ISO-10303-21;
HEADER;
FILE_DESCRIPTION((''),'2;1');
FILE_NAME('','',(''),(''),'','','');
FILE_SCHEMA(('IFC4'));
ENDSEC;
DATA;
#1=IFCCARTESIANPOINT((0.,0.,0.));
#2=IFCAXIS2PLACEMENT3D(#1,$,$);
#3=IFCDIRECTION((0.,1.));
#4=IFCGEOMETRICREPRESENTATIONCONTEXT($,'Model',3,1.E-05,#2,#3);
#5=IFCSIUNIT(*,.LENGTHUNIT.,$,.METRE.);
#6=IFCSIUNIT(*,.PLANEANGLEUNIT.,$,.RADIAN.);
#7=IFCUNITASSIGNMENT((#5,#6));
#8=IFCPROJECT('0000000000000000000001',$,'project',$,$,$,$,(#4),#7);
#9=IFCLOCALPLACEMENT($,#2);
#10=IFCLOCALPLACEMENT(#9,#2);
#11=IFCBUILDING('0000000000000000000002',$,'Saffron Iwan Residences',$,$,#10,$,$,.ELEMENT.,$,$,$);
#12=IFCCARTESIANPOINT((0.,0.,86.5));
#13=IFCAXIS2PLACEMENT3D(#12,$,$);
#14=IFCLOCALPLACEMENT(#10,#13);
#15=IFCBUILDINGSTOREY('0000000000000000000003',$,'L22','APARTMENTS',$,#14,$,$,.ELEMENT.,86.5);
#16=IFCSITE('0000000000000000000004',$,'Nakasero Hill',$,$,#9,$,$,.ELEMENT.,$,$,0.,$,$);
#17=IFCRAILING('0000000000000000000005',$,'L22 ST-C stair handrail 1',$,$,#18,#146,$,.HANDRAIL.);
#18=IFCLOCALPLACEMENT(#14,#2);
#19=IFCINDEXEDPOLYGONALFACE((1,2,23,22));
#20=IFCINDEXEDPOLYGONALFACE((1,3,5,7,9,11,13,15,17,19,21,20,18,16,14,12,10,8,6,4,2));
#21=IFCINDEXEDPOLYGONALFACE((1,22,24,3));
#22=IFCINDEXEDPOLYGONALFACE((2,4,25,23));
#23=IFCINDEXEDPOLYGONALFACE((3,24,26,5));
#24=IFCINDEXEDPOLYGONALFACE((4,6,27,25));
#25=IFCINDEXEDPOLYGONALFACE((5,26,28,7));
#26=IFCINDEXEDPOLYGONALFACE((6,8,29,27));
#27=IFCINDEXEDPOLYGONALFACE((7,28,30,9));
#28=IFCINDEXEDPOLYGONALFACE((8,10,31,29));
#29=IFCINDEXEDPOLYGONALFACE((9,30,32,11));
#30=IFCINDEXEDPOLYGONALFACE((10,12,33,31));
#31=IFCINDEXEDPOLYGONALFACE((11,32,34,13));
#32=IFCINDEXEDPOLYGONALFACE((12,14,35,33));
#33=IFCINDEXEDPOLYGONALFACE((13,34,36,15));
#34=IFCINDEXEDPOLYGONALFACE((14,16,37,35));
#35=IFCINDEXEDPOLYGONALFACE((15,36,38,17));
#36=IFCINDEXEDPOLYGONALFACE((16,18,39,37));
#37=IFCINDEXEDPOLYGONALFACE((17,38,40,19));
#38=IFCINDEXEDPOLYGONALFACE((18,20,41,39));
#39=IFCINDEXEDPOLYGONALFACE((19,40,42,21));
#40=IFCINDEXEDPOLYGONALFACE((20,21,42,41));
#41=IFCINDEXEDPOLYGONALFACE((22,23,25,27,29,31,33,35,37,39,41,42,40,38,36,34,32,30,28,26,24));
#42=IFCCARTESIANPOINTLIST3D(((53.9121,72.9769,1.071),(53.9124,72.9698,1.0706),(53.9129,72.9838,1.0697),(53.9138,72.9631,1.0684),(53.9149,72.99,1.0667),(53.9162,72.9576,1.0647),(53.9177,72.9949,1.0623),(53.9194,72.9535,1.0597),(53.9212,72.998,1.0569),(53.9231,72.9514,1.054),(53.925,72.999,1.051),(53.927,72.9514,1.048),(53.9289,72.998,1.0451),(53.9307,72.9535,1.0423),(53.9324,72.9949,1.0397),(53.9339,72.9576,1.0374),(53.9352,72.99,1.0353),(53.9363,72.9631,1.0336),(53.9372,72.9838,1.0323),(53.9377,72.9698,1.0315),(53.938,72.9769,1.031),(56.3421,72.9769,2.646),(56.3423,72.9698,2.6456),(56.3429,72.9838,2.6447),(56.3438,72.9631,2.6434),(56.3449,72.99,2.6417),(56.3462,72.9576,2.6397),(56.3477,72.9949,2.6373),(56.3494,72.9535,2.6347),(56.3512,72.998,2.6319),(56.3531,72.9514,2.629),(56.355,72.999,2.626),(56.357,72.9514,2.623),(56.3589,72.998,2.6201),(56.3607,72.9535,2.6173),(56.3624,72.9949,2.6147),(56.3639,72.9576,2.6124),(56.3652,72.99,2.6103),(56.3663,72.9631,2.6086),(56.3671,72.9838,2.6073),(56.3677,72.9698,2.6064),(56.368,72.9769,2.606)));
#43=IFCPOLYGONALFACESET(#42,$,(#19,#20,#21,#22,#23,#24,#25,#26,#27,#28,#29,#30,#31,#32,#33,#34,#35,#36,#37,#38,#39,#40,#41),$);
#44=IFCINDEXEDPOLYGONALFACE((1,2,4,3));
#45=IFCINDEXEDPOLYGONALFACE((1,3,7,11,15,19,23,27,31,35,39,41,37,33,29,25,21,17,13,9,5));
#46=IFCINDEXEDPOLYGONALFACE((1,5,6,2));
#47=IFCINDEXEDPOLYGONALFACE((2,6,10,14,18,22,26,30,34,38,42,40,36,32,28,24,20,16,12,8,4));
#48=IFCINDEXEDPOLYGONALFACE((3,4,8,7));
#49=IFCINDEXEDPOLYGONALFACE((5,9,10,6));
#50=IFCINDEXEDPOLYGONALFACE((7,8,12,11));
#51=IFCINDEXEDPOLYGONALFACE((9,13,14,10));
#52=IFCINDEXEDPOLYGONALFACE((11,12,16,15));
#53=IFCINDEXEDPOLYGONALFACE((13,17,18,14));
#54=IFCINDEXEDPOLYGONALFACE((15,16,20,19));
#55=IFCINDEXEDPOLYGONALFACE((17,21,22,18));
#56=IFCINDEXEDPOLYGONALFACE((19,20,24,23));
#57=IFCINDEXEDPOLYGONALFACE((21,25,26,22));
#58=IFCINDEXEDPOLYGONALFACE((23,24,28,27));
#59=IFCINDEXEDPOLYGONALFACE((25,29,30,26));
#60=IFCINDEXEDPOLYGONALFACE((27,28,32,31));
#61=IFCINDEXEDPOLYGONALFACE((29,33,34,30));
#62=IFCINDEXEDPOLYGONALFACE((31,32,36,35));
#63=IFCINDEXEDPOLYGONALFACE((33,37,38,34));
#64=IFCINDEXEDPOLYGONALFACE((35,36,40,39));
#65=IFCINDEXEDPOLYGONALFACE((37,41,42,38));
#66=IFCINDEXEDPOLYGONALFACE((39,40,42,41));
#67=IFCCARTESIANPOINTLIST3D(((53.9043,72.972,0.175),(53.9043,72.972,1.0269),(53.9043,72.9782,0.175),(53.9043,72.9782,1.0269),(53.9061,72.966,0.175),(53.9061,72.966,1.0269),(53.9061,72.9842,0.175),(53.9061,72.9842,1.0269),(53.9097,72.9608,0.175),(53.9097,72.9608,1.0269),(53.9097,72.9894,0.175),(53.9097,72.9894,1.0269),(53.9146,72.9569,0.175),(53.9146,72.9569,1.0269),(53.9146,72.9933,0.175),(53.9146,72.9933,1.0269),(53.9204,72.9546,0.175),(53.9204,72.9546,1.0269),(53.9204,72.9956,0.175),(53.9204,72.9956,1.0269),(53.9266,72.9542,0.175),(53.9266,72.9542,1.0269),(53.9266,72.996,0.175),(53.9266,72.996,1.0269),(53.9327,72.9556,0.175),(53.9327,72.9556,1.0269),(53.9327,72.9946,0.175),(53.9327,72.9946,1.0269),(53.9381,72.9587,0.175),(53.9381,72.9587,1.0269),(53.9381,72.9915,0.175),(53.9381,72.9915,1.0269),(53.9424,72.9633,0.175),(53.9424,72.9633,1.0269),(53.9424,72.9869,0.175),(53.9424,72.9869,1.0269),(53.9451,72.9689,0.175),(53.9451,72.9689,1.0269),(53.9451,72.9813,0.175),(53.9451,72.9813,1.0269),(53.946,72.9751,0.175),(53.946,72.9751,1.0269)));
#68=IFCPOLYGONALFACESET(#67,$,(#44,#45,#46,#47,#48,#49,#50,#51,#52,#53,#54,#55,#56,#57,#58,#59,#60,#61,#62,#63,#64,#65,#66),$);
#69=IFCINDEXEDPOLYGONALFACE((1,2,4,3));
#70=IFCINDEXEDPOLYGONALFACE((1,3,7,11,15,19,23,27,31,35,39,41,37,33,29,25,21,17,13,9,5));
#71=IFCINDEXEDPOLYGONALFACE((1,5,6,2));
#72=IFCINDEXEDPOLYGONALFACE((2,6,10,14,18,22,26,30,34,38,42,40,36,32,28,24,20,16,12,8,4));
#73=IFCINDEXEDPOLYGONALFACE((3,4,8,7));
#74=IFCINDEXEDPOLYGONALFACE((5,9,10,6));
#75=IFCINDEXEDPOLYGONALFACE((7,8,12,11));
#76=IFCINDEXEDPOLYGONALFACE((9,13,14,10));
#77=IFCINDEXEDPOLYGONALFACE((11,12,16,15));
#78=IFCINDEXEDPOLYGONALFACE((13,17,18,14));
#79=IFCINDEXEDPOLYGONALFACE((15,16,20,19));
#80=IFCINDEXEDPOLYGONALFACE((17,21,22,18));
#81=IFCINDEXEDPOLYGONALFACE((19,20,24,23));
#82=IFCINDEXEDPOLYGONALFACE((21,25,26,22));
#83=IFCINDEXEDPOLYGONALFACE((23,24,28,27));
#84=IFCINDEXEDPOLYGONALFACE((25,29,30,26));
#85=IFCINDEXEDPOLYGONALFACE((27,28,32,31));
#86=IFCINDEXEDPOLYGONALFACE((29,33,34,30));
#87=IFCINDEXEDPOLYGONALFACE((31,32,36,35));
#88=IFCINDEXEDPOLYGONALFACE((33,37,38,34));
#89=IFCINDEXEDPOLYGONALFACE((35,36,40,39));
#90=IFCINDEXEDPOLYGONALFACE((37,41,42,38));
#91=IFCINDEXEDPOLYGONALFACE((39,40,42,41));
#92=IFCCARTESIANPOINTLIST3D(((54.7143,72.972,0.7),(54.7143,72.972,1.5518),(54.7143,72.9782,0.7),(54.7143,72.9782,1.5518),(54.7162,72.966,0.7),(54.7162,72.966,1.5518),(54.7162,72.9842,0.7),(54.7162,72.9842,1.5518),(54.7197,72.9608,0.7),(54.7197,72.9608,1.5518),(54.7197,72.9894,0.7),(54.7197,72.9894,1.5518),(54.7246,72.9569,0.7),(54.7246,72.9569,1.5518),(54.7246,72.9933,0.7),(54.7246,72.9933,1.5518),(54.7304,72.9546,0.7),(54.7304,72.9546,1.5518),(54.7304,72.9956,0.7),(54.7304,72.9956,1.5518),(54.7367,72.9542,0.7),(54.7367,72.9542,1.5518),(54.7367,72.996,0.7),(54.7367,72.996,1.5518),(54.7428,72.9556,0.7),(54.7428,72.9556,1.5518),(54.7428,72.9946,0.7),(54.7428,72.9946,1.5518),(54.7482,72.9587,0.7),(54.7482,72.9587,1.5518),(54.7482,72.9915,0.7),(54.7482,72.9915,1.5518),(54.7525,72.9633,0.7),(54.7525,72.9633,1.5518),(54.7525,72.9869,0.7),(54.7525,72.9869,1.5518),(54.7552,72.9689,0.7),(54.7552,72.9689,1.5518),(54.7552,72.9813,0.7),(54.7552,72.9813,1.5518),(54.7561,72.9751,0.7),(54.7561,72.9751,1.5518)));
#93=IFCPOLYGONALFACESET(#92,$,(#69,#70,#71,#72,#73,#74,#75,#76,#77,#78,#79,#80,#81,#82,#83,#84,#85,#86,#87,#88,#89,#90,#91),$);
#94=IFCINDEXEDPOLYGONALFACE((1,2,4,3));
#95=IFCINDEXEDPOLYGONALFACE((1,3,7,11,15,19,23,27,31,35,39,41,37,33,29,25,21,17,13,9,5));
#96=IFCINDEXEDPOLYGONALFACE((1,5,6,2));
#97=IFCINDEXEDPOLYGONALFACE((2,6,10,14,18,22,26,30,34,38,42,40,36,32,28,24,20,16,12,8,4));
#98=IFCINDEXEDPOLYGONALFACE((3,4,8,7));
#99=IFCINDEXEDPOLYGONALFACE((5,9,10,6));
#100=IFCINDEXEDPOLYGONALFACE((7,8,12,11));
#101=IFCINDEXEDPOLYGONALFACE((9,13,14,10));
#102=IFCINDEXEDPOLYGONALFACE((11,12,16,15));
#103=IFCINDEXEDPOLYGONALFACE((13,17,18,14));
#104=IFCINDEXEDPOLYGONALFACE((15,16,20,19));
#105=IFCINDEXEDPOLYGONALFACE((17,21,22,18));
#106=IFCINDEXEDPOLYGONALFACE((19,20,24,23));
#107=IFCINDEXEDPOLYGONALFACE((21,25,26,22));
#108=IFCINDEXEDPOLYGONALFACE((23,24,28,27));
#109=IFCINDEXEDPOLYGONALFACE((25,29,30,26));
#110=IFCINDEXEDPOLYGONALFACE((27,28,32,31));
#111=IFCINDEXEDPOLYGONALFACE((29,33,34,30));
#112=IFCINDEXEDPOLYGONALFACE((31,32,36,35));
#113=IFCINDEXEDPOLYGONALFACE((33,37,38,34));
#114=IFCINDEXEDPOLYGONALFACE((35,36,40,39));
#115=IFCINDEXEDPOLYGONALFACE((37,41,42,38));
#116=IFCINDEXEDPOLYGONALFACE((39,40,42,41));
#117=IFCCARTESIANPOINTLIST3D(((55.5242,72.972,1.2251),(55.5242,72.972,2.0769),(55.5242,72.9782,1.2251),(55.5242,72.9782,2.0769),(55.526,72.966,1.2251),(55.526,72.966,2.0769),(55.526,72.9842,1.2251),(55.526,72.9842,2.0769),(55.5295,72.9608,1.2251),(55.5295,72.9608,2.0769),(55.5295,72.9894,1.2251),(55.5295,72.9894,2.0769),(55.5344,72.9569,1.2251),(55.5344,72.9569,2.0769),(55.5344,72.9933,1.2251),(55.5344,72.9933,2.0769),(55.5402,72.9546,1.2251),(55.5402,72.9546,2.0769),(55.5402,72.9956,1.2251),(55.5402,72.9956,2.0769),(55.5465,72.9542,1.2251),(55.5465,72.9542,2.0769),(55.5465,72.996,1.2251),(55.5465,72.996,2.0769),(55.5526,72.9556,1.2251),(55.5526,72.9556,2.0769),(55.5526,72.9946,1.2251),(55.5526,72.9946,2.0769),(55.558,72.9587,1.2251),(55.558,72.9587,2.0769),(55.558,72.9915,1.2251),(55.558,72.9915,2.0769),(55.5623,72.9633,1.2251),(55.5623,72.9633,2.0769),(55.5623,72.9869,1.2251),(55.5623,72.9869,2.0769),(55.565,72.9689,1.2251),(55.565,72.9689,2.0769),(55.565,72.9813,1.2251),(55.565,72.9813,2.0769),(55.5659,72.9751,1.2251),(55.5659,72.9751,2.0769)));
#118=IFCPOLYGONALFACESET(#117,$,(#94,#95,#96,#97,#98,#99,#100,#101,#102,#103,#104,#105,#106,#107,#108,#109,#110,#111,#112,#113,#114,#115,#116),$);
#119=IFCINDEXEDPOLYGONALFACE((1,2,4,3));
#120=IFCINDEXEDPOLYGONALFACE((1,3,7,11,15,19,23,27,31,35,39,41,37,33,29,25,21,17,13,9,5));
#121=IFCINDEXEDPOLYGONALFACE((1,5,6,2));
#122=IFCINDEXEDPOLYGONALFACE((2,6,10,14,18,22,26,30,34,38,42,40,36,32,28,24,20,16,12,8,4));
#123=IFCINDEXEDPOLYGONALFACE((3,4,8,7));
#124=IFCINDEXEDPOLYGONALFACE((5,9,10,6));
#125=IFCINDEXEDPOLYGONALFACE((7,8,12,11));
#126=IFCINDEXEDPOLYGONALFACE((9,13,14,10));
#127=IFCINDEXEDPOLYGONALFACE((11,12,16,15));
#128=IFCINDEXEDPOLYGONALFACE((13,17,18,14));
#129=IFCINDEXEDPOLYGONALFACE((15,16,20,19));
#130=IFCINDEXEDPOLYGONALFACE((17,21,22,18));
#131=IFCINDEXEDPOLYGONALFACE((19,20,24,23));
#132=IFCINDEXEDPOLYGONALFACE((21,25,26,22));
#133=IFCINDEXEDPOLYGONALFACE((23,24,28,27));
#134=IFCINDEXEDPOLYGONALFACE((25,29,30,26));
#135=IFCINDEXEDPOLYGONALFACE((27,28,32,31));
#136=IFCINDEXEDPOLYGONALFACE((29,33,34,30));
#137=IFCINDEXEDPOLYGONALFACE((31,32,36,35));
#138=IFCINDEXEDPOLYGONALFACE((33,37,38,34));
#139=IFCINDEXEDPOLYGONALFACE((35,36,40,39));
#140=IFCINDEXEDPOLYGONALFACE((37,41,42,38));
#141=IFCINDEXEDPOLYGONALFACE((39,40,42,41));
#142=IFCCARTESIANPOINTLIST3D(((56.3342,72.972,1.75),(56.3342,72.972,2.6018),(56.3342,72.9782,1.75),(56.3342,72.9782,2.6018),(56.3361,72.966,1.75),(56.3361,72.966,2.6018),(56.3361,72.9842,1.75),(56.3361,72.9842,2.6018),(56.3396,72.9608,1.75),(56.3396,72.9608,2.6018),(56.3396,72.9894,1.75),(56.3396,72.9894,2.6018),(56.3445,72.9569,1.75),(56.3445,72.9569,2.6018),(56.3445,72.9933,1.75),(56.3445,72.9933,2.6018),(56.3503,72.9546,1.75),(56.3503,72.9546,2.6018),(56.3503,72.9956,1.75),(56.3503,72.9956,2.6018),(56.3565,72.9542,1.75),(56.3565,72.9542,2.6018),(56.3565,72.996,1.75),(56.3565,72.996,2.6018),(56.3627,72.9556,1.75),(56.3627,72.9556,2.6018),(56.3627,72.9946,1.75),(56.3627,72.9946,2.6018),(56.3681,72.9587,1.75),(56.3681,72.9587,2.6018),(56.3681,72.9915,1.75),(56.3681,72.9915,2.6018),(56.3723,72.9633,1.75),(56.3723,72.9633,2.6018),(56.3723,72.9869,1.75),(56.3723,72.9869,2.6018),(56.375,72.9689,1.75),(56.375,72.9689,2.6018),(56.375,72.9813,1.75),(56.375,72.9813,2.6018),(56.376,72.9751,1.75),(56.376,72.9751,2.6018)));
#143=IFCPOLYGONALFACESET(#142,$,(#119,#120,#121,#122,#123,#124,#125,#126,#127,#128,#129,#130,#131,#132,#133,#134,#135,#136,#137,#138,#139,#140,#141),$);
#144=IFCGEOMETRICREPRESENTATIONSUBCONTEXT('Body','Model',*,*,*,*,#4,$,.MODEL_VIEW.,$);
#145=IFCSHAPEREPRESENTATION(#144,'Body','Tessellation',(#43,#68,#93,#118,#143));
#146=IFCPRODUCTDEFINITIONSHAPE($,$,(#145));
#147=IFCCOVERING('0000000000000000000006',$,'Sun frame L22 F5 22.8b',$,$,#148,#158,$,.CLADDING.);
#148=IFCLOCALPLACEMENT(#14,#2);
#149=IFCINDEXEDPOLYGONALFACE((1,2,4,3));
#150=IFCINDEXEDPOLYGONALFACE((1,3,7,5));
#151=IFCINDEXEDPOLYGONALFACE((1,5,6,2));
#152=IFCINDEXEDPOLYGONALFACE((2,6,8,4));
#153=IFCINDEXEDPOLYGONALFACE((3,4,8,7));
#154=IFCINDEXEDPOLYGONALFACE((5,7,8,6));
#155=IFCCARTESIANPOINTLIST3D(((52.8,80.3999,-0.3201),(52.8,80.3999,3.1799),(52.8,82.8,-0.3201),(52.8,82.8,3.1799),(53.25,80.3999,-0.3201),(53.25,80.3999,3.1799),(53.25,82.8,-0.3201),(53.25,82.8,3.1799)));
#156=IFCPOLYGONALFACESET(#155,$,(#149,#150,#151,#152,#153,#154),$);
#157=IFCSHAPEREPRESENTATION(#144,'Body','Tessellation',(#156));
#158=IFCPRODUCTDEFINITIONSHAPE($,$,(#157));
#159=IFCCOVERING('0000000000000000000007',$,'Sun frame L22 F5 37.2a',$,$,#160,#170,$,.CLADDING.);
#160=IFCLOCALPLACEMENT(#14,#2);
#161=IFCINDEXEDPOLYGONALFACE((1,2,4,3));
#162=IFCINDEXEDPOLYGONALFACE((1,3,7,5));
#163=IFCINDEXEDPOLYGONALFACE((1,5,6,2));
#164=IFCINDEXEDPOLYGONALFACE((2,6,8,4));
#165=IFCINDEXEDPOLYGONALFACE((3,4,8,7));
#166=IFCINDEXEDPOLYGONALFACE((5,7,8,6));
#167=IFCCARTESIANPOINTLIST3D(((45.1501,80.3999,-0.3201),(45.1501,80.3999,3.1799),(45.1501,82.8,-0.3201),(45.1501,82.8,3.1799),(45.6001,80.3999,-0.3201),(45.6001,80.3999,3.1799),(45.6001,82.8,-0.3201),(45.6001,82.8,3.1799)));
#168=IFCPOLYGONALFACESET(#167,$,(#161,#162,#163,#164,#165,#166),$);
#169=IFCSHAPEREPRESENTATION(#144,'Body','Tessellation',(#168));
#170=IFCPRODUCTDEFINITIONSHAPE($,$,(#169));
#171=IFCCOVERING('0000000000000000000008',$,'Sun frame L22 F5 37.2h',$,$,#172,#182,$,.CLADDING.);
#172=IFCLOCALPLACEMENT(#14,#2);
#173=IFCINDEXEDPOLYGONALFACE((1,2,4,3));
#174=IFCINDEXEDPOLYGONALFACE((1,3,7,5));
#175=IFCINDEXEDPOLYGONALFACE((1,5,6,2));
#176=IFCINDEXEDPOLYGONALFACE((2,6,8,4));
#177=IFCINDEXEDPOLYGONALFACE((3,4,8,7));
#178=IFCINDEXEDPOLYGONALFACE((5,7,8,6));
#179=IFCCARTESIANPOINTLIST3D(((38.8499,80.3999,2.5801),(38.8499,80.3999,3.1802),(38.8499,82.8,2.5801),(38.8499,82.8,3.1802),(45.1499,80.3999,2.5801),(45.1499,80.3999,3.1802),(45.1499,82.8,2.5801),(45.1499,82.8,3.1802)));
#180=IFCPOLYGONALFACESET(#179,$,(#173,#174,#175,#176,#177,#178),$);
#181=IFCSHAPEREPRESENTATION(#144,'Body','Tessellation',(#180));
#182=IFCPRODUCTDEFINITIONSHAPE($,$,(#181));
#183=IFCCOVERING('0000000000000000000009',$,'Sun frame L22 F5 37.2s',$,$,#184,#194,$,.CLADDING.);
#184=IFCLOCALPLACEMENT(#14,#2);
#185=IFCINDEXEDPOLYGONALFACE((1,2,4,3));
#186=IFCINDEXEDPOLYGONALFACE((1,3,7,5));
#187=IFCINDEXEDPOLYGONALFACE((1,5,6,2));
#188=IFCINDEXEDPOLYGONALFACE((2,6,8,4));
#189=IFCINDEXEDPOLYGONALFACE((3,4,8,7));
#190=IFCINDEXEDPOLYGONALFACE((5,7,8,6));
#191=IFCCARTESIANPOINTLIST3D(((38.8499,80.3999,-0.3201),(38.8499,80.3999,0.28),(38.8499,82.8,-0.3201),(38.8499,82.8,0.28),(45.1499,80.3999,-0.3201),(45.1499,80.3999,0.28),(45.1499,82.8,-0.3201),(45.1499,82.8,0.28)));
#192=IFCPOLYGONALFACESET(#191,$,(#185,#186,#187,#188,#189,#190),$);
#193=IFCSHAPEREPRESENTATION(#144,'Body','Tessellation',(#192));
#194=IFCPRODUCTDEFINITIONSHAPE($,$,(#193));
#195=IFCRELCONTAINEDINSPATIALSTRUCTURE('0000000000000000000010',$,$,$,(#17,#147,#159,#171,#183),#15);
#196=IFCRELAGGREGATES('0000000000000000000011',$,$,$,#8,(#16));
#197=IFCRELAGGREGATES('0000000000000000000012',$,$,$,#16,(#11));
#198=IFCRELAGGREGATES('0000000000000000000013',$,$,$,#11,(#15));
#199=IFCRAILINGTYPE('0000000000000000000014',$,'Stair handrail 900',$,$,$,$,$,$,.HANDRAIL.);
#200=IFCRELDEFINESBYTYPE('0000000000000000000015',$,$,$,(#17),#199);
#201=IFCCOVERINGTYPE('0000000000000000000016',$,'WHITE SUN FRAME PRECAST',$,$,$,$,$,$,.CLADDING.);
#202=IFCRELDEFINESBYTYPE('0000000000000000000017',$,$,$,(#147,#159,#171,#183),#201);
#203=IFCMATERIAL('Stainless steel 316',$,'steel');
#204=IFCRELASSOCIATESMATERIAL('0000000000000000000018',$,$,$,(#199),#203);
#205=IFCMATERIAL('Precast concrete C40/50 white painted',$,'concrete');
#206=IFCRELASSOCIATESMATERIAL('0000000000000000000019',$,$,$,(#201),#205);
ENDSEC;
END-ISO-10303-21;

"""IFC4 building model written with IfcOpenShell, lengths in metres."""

from ifc_helpers import new_model, si_unit, direction, frame, origin, origin_2d, place, context, subcontext, project, spatial, polyline, circle, outline, extrude, material, type_object, element, save


model = new_model("IFC4")

# Units and contexts
model_context = context("Model", 3, precision=1e-05, world=origin(), true_north=direction((0.0, 1.0)))
body_context = subcontext(model_context, "Body", "Model", "MODEL_VIEW")
ifc_project = project(units=[si_unit("LENGTHUNIT", "METRE"), si_unit("PLANEANGLEUNIT", "RADIAN")], contexts=[model_context])

# Site, building, storey
site_placement = place(None, origin())
site = spatial("IfcSite", under=ifc_project, at=site_placement, Name="Nakasero Hill", CompositionType="ELEMENT", RefElevation=0.0)
building_placement = place(site_placement, origin())
building = spatial("IfcBuilding", under=site, at=building_placement, Name="Saffron Iwan Residences", CompositionType="ELEMENT")
storey_placement = place(building_placement, frame((0.0, 0.0, 86.5)))
storey = spatial("IfcBuildingStorey", under=building, at=storey_placement, Name="L22", Description="APARTMENTS", CompositionType="ELEMENT", Elevation=86.5)

# Railing
ifc_material_1 = material(Name="Stainless steel 316", Category="steel")
railing_type_1 = type_object("IfcRailingType", Name="Stair handrail 900", PredefinedType="HANDRAIL", material=ifc_material_1)
railing_1_placement = place(storey_placement, frame((53.925, 72.9751, 0.175)))
element("IfcRailing", 1, at=railing_1_placement, inside=storey, type_object=railing_type_1, Name="L22 ST-C stair handrail 1", PredefinedType="HANDRAIL", context=body_context, shape_type="SweptSolid", body=[
    extrude(circle(Radius=0.0239, at=origin_2d()), frame((0.0, 0.0, 0.876), z_axis=(0.839154, 0.0, 0.543894), x_axis=(0.0, 1.0, 0.0)), (0.0, 0.0, 1.0), 2.8958),
    extrude(circle(Radius=0.021, at=origin_2d()), origin(), (0.0, 0.0, 1.0), 0.8518),
    extrude(circle(Radius=0.021, at=origin_2d()), frame((0.8101, 0.0, 0.5249)), (0.0, 0.0, 1.0), 0.8518),
    extrude(circle(Radius=0.021, at=origin_2d()), frame((1.6199, 0.0, 1.05)), (0.0, 0.0, 1.0), 0.8518),
    extrude(circle(Radius=0.021, at=origin_2d()), frame((2.4299, 0.0, 1.575)), (0.0, 0.0, 1.0), 0.8518),
])

# Coverings
ifc_material_2 = material(Name="Precast concrete C40/50 white painted", Category="concrete")
covering_type_1 = type_object("IfcCoveringType", Name="WHITE SUN FRAME PRECAST", PredefinedType="CLADDING", material=ifc_material_2)
for number, where, z_axis, x_axis, name in (
    (2, (53.25, 80.3999, -0.3201), (0.0, 1.0, 0.0), (-1.0, 0.0, 0.0), "Sun frame L22 F5 22.8b"),
    (3, (45.6001, 80.3999, -0.3201), (0.0, 1.0, 0.0), (-1.0, 0.0, 0.0), "Sun frame L22 F5 37.2a"),
):
    element("IfcCovering", number, at=place(storey_placement, frame(where, z_axis=z_axis, x_axis=x_axis)), inside=storey, type_object=covering_type_1, Name=name, PredefinedType="CLADDING", context=body_context, shape_type="SweptSolid", body=[
        extrude(outline(polyline([(0.0, 0.0), (0.45, 0.0), (0.45, 3.5), (0.0, 3.5), (0.0, 0.0)])), origin(), (0.0, 0.0, 1.0), 2.4001),
    ])
for number, where, z_axis, x_axis, name in (
    (4, (45.1499, 80.3999, 2.5801), (0.0, 1.0, 0.0), (-1.0, 0.0, 0.0), "Sun frame L22 F5 37.2h"),
    (5, (45.1499, 80.3999, -0.3201), (0.0, 1.0, 0.0), (-1.0, 0.0, 0.0), "Sun frame L22 F5 37.2s"),
):
    element("IfcCovering", number, at=place(storey_placement, frame(where, z_axis=z_axis, x_axis=x_axis)), inside=storey, type_object=covering_type_1, Name=name, PredefinedType="CLADDING", context=body_context, shape_type="SweptSolid", body=[
        extrude(outline(polyline([(0.0, 0.0), (6.3, 0.0), (6.3, 0.6001), (0.0, 0.6001), (0.0, 0.0)])), origin(), (0.0, 0.0, 1.0), 2.4001),
    ])

save(model, "model.ifc")
